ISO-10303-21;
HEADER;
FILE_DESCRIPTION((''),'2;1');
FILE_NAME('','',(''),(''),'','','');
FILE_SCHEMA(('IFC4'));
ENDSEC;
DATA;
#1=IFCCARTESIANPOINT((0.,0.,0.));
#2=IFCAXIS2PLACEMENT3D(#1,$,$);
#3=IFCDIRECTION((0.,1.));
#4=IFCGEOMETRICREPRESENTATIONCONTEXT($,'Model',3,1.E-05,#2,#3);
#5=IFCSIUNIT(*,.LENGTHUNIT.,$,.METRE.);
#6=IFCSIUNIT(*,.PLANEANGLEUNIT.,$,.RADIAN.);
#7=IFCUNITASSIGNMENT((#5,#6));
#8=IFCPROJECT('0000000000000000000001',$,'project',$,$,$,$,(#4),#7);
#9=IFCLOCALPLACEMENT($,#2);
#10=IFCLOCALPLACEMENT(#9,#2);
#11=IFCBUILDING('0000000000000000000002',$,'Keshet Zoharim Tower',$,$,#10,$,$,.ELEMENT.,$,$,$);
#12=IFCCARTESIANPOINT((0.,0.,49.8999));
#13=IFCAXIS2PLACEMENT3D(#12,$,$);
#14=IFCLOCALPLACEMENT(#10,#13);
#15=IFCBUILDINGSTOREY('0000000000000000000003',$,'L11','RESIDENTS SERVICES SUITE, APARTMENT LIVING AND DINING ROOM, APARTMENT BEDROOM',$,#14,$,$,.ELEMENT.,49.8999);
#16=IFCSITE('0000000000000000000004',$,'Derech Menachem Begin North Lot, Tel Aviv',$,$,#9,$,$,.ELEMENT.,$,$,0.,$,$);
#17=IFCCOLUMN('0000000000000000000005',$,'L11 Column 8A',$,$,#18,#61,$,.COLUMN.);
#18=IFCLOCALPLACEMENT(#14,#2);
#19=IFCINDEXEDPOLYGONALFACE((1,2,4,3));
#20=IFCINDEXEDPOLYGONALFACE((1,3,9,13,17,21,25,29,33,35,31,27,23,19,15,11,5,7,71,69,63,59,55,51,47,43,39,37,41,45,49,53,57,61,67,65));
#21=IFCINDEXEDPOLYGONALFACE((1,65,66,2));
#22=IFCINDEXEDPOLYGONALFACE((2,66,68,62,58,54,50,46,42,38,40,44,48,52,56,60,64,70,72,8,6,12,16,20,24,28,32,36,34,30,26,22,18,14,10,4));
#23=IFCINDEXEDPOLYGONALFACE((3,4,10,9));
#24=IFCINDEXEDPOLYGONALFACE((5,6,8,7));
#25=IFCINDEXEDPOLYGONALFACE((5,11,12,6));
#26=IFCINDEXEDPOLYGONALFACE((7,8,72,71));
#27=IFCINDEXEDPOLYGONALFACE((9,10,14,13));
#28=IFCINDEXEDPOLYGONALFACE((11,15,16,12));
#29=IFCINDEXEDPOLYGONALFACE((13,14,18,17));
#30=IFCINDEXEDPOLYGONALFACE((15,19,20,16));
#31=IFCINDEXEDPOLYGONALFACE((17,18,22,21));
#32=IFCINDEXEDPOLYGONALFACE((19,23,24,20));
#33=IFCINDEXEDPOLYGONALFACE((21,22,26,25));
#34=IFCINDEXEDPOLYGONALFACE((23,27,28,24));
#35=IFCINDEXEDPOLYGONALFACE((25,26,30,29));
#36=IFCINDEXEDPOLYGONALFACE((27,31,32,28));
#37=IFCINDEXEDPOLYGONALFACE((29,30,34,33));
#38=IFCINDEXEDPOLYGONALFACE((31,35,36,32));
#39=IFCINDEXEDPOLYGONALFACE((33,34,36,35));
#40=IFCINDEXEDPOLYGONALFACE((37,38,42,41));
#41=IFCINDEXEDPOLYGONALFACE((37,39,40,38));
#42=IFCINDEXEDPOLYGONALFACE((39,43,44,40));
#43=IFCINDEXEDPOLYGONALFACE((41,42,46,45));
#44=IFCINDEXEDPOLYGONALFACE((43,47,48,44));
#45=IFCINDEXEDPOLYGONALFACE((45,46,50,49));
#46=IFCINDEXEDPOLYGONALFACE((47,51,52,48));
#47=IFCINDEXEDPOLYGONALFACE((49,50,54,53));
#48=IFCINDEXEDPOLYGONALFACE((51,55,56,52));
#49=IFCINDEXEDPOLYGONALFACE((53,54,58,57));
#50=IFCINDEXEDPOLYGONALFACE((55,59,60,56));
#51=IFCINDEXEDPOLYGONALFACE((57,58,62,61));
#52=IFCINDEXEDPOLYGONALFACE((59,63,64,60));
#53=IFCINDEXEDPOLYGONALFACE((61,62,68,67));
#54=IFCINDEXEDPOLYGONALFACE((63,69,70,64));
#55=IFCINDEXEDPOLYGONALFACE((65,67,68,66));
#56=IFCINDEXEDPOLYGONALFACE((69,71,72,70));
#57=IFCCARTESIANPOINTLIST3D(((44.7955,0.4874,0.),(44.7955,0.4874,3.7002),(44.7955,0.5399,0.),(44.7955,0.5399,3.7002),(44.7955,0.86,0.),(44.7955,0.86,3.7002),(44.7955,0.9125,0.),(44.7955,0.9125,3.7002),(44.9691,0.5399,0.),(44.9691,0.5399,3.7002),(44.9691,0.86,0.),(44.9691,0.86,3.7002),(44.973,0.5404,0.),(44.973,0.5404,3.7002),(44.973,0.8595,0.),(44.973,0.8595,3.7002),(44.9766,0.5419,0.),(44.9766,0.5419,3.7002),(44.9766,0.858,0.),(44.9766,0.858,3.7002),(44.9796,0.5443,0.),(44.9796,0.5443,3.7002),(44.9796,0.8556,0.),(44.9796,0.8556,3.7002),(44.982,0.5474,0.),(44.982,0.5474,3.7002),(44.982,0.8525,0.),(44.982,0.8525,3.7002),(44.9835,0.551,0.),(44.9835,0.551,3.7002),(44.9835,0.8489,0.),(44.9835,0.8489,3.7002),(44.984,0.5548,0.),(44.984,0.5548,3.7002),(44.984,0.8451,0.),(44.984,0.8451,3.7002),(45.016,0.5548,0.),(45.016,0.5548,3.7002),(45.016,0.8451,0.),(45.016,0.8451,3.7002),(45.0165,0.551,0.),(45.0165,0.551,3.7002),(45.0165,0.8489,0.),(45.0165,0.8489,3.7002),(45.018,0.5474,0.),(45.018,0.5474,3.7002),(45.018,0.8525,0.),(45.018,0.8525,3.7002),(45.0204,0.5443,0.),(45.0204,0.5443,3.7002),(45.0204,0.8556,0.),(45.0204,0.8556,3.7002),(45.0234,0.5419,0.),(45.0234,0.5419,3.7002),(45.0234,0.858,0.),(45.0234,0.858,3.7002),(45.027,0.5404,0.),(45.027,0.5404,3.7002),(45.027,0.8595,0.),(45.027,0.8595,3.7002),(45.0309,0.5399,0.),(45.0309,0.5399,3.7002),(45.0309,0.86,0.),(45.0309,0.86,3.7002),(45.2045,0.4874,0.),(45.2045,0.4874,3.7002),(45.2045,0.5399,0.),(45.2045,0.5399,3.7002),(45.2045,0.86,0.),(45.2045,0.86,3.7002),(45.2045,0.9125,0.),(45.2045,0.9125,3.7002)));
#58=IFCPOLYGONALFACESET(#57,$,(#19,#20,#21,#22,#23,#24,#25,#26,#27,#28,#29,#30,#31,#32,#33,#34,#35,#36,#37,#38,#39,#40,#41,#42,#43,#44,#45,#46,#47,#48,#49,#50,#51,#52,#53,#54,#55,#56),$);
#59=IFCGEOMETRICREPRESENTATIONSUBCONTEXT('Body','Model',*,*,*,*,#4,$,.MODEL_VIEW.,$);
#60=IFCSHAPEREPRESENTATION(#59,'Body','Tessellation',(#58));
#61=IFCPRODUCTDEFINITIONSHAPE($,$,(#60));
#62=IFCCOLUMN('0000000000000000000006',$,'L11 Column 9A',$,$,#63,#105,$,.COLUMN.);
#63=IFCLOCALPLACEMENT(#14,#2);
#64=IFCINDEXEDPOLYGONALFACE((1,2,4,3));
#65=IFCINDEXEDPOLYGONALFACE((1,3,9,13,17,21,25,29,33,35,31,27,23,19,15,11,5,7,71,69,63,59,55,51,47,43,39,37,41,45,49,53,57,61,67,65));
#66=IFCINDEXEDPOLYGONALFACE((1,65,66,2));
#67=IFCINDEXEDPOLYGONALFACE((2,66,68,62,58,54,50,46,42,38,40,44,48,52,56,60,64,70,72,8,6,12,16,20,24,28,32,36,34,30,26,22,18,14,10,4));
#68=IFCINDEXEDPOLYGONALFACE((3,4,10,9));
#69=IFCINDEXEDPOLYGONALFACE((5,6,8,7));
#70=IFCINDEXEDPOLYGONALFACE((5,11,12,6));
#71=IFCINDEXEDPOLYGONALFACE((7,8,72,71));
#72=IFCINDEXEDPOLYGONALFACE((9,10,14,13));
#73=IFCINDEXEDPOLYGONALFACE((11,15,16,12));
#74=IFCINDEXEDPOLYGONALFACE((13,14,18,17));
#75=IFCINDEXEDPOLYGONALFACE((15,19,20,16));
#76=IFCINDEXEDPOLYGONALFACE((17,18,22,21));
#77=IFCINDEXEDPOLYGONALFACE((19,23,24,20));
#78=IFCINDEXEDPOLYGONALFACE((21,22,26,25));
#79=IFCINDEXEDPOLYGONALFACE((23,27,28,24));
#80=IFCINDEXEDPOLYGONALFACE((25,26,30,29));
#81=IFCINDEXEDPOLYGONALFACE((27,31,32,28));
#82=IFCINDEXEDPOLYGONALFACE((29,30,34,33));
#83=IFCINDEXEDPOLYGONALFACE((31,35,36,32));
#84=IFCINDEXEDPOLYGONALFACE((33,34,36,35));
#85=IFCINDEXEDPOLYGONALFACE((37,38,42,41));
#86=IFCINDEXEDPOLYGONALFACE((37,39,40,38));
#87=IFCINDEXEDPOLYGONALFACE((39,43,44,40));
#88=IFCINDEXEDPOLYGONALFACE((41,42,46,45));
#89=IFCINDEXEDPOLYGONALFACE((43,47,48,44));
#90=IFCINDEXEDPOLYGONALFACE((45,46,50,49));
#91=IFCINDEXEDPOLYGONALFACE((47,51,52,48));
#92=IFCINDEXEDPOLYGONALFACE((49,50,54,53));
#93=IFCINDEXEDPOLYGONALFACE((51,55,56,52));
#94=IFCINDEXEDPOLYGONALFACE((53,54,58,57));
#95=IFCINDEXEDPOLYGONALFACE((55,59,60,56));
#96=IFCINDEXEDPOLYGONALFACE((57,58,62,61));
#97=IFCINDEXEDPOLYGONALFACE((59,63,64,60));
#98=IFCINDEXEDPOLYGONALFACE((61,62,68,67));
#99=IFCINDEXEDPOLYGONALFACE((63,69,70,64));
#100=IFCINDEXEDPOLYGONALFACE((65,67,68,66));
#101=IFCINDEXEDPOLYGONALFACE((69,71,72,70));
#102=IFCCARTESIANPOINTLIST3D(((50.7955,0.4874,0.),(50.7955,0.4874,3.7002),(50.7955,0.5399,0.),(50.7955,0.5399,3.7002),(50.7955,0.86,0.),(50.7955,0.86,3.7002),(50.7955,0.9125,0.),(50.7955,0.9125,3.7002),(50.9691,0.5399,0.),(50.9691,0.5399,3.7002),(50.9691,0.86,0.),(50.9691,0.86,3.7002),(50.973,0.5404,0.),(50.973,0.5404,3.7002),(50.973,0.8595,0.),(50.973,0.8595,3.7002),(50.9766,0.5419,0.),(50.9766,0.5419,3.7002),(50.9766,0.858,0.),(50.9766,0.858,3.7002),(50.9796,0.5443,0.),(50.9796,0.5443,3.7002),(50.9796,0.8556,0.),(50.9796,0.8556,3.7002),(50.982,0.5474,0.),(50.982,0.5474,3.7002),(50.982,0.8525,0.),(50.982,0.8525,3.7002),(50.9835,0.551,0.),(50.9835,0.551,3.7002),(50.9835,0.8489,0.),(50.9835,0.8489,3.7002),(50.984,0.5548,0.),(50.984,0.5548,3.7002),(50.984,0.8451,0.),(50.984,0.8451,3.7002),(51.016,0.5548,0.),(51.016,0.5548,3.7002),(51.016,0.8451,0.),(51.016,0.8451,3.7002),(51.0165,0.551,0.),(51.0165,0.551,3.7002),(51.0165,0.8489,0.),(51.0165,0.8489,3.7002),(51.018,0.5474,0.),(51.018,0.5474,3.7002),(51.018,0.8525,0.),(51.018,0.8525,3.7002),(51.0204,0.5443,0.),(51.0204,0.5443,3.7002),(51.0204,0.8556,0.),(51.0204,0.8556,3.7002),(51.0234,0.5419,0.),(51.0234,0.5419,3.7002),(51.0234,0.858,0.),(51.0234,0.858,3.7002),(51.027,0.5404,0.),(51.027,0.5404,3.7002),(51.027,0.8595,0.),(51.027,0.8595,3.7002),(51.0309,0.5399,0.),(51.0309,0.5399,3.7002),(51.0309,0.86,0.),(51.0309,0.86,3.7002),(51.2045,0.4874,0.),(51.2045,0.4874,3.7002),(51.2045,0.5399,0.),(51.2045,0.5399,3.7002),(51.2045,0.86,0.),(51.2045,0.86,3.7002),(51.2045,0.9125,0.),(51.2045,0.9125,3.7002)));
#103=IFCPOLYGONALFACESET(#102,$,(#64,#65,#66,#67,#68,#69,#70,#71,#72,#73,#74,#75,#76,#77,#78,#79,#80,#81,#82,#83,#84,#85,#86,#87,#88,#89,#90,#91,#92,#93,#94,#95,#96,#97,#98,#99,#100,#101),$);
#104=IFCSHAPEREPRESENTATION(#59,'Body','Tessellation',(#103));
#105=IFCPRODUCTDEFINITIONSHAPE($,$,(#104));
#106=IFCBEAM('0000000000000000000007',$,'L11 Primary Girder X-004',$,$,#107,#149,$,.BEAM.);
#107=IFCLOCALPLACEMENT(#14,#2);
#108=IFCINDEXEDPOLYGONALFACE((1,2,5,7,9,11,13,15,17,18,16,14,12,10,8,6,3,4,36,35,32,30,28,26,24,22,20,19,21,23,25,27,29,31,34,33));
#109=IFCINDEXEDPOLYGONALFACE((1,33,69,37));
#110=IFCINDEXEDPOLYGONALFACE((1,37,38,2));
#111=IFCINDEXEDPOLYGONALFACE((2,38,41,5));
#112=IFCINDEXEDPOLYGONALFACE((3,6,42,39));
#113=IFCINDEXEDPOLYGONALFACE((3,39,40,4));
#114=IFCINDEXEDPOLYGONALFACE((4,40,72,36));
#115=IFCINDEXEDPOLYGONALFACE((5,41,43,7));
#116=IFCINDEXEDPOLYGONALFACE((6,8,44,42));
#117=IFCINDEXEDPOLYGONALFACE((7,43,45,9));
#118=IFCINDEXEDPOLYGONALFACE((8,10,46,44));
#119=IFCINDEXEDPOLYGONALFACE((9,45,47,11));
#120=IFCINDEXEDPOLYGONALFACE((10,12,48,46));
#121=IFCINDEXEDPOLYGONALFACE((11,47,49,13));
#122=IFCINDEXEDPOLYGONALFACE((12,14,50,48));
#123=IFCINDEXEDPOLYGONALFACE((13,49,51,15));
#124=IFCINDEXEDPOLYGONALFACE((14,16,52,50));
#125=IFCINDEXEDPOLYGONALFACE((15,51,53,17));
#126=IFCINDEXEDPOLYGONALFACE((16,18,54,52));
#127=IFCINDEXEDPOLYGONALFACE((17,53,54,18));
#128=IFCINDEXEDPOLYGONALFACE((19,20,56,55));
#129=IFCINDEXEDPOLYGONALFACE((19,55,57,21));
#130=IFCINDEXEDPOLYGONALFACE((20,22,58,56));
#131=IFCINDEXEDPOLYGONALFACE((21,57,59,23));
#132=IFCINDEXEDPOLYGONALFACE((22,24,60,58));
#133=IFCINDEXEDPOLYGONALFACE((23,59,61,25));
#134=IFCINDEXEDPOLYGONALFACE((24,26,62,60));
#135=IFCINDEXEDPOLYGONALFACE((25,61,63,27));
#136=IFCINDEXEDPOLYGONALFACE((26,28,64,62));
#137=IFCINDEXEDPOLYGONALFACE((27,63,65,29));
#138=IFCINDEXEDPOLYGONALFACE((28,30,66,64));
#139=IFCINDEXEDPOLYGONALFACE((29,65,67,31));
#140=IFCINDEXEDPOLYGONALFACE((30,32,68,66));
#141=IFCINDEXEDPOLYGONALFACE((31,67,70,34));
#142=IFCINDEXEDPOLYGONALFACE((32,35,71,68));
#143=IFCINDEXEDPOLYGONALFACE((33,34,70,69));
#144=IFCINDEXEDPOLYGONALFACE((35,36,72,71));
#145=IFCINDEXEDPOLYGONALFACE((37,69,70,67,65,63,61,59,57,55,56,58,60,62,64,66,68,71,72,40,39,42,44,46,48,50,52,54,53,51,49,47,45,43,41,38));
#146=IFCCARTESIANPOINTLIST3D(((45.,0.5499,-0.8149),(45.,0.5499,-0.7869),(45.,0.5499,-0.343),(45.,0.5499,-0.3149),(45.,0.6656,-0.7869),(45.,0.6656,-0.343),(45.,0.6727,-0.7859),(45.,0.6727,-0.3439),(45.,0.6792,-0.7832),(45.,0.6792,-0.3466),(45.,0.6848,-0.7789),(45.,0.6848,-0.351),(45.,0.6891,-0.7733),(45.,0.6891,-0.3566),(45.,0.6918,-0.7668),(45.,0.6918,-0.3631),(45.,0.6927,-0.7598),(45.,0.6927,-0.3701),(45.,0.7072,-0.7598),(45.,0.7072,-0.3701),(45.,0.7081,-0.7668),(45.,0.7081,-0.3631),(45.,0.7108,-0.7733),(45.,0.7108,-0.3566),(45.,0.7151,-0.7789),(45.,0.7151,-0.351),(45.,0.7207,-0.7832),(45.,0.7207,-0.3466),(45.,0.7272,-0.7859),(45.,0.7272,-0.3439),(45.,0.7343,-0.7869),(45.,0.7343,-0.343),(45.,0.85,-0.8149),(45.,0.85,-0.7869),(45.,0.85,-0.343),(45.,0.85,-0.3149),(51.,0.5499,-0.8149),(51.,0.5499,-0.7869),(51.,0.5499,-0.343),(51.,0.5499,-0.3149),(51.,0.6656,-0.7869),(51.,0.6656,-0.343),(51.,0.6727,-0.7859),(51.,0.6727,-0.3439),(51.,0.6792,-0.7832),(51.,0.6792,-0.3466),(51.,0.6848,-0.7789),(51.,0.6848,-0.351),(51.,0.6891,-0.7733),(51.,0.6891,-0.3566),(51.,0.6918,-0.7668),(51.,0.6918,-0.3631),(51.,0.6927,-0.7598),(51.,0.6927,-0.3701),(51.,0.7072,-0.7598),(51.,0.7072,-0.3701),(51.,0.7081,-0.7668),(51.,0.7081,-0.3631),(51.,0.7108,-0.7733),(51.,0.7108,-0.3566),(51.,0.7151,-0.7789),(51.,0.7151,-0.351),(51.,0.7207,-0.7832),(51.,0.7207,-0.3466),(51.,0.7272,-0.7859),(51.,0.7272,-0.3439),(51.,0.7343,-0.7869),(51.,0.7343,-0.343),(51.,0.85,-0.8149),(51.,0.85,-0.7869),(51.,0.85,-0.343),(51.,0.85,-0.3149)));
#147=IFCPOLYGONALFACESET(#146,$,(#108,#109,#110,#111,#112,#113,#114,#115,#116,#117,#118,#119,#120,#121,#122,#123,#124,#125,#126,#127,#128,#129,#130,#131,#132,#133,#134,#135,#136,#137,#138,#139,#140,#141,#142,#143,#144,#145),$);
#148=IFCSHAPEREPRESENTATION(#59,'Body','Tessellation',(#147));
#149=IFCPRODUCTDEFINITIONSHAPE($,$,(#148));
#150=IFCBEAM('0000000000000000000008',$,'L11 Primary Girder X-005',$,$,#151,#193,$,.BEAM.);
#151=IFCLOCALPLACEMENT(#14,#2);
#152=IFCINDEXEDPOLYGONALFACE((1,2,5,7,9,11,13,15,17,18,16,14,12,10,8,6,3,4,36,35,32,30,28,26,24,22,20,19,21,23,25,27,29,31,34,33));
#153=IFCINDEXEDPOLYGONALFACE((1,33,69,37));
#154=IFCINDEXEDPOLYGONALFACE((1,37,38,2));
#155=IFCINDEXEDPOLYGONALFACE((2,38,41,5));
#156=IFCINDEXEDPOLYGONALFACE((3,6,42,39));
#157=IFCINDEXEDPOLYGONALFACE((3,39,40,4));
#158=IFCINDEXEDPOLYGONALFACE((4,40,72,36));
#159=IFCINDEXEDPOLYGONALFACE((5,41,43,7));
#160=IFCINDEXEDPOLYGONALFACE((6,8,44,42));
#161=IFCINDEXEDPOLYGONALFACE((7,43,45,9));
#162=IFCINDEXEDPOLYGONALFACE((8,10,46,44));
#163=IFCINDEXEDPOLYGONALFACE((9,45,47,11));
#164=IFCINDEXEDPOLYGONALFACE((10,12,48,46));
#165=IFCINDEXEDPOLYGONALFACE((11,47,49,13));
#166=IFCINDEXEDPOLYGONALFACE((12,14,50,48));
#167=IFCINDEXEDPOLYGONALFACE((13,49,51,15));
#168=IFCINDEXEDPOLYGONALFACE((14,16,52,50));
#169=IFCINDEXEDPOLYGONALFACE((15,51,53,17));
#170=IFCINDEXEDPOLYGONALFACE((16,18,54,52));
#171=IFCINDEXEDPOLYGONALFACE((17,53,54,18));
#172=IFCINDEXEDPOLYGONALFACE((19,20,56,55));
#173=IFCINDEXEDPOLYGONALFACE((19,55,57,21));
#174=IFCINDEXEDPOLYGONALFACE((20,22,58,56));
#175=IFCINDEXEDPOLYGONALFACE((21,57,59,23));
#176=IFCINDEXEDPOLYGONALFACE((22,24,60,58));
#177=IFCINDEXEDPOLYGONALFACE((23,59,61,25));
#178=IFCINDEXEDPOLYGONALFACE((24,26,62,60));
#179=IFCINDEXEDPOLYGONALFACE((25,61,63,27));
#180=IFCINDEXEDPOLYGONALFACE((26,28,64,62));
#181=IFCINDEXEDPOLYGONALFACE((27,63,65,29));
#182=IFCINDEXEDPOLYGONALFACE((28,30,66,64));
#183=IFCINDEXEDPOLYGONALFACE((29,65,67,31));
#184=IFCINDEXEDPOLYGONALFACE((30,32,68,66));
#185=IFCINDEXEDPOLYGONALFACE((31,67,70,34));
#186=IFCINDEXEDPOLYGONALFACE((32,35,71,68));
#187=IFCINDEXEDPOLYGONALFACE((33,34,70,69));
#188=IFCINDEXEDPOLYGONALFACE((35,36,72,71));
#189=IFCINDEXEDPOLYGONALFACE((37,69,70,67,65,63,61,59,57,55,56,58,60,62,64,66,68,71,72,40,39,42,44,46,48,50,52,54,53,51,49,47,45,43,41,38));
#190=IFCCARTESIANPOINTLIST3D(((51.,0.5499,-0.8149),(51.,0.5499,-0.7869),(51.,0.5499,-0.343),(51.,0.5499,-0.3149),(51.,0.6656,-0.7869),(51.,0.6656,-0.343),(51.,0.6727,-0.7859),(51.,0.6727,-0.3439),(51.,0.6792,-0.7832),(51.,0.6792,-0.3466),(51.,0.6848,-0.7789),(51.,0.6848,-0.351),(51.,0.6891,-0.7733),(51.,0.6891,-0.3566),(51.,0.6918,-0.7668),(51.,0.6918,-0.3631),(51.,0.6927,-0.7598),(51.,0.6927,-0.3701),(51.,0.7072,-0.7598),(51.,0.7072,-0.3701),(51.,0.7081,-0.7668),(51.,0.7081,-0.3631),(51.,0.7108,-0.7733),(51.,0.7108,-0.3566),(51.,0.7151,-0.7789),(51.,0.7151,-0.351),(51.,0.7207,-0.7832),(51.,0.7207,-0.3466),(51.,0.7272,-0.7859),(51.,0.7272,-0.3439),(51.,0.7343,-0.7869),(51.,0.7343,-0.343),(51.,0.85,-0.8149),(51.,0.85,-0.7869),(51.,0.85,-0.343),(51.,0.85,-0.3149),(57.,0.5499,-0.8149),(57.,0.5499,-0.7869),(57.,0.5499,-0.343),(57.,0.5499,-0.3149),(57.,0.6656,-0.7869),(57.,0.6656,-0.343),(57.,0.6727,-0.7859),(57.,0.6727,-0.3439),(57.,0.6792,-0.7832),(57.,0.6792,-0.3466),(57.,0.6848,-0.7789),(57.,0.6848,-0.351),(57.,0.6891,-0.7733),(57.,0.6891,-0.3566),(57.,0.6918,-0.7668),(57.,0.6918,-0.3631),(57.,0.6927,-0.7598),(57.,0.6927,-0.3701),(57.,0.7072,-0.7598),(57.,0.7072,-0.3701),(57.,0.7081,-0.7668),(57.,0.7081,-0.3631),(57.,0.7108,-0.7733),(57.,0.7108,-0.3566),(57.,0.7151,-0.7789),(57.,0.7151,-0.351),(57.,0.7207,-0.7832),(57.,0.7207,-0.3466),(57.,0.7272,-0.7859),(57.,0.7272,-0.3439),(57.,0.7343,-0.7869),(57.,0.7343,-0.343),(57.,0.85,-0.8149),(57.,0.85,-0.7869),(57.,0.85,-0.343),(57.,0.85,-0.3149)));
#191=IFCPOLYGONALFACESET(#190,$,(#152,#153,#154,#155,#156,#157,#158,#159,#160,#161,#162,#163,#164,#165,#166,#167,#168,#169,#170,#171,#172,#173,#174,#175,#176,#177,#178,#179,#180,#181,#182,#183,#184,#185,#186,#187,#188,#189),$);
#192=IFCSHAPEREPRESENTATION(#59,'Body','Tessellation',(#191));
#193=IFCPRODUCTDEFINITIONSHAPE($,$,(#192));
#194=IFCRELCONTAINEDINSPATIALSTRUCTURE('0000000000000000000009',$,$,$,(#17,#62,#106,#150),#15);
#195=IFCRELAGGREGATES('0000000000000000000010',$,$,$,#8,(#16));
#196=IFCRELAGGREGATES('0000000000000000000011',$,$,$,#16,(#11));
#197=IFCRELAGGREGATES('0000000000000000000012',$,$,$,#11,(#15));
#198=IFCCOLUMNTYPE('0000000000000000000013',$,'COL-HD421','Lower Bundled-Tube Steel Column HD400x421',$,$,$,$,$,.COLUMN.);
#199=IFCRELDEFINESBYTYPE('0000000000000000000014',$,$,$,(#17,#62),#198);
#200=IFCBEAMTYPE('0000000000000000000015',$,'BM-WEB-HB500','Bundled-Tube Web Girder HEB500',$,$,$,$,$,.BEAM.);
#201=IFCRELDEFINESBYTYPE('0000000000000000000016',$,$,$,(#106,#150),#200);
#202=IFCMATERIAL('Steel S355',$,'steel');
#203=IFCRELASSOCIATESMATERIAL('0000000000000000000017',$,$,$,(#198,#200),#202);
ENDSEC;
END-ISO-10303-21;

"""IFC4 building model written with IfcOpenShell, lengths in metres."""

from ifc_helpers import new_model, si_unit, direction, frame, origin, origin_2d, place, context, subcontext, project, spatial, i_section, extrude, material, material_profile, profile_set, type_object, element, save


model = new_model("IFC4")

# Units and contexts
model_context = context("Model", 3, precision=1e-05, world=origin(), true_north=direction((0.0, 1.0)))
body_context = subcontext(model_context, "Body", "Model", "MODEL_VIEW")
ifc_project = project(units=[si_unit("LENGTHUNIT", "METRE"), si_unit("PLANEANGLEUNIT", "RADIAN")], contexts=[model_context])

# Site, building, storey
site_placement = place(None, origin())
site = spatial("IfcSite", under=ifc_project, at=site_placement, Name="Derech Menachem Begin North Lot, Tel Aviv", CompositionType="ELEMENT", RefElevation=0.0)
building_placement = place(site_placement, origin())
building = spatial("IfcBuilding", under=site, at=building_placement, Name="Keshet Zoharim Tower", CompositionType="ELEMENT")
storey_placement = place(building_placement, frame((0.0, 0.0, 49.8999)))
storey = spatial("IfcBuildingStorey", under=building, at=storey_placement, Name="L11", Description="RESIDENTS SERVICES SUITE, APARTMENT LIVING AND DINING ROOM, APARTMENT BEDROOM", CompositionType="ELEMENT", Elevation=49.8999)

# Columns
ifc_material_1 = material(Name="Steel S355", Category="steel")
ifc_material_profile_1 = material_profile(ifc_material_1, i_section(OverallWidth=0.4089, OverallDepth=0.425, WebThickness=0.032, FlangeThickness=0.0525, FilletRadius=0.0149, at=origin_2d()), Name="HD400x421")
ifc_profile_set_1 = profile_set([ifc_material_profile_1], Name="Steel S355")
column_type = type_object("IfcColumnType", Name="COL-HD421", Description="Lower Bundled-Tube Steel Column HD400x421", PredefinedType="COLUMN", material=ifc_profile_set_1)
for number, where, z_axis, x_axis, name in (
    (1, (45.0, 0.7, 0.0), (0.0, 0.0, 1.0), (1.0, 0.0, 0.0), "L11 Column 8A"),
    (2, (51.0, 0.7, 0.0), (0.0, 0.0, 1.0), (1.0, 0.0, 0.0), "L11 Column 9A"),
):
    element("IfcColumn", number, at=place(storey_placement, frame(where, z_axis=z_axis, x_axis=x_axis)), inside=storey, type_object=column_type, Name=name, PredefinedType="COLUMN", context=body_context, shape_type="SweptSolid", body=[
        extrude(i_section(OverallWidth=0.4089, OverallDepth=0.425, WebThickness=0.032, FlangeThickness=0.0525, FilletRadius=0.0149, at=origin_2d()), origin(), (0.0, 0.0, 1.0), 3.7002),
    ])

# Beams
ifc_material_profile_2 = material_profile(ifc_material_1, i_section(OverallWidth=0.3, OverallDepth=0.5, WebThickness=0.0144, FlangeThickness=0.0281, FilletRadius=0.0271, at=origin_2d()), Name="HEB500")
ifc_profile_set_2 = profile_set([ifc_material_profile_2], Name="Steel S355")
beam_type = type_object("IfcBeamType", Name="BM-WEB-HB500", Description="Bundled-Tube Web Girder HEB500", PredefinedType="BEAM", material=ifc_profile_set_2)
for number, where, z_axis, x_axis, name in (
    (3, (45.0, 0.7, -0.5649), (1.0, 0.0, 0.0), (0.0, 1.0, 0.0), "L11 Primary Girder X-004"),
    (4, (51.0, 0.7, -0.5649), (1.0, 0.0, 0.0), (0.0, 1.0, 0.0), "L11 Primary Girder X-005"),
):
    element("IfcBeam", number, at=place(storey_placement, frame(where, z_axis=z_axis, x_axis=x_axis)), inside=storey, type_object=beam_type, Name=name, PredefinedType="BEAM", context=body_context, shape_type="SweptSolid", body=[
        extrude(i_section(OverallWidth=0.3, OverallDepth=0.5, WebThickness=0.0144, FlangeThickness=0.0281, FilletRadius=0.0271, at=origin_2d()), origin(), (0.0, 0.0, 1.0), 6.0),
    ])

save(model, "model.ifc")
